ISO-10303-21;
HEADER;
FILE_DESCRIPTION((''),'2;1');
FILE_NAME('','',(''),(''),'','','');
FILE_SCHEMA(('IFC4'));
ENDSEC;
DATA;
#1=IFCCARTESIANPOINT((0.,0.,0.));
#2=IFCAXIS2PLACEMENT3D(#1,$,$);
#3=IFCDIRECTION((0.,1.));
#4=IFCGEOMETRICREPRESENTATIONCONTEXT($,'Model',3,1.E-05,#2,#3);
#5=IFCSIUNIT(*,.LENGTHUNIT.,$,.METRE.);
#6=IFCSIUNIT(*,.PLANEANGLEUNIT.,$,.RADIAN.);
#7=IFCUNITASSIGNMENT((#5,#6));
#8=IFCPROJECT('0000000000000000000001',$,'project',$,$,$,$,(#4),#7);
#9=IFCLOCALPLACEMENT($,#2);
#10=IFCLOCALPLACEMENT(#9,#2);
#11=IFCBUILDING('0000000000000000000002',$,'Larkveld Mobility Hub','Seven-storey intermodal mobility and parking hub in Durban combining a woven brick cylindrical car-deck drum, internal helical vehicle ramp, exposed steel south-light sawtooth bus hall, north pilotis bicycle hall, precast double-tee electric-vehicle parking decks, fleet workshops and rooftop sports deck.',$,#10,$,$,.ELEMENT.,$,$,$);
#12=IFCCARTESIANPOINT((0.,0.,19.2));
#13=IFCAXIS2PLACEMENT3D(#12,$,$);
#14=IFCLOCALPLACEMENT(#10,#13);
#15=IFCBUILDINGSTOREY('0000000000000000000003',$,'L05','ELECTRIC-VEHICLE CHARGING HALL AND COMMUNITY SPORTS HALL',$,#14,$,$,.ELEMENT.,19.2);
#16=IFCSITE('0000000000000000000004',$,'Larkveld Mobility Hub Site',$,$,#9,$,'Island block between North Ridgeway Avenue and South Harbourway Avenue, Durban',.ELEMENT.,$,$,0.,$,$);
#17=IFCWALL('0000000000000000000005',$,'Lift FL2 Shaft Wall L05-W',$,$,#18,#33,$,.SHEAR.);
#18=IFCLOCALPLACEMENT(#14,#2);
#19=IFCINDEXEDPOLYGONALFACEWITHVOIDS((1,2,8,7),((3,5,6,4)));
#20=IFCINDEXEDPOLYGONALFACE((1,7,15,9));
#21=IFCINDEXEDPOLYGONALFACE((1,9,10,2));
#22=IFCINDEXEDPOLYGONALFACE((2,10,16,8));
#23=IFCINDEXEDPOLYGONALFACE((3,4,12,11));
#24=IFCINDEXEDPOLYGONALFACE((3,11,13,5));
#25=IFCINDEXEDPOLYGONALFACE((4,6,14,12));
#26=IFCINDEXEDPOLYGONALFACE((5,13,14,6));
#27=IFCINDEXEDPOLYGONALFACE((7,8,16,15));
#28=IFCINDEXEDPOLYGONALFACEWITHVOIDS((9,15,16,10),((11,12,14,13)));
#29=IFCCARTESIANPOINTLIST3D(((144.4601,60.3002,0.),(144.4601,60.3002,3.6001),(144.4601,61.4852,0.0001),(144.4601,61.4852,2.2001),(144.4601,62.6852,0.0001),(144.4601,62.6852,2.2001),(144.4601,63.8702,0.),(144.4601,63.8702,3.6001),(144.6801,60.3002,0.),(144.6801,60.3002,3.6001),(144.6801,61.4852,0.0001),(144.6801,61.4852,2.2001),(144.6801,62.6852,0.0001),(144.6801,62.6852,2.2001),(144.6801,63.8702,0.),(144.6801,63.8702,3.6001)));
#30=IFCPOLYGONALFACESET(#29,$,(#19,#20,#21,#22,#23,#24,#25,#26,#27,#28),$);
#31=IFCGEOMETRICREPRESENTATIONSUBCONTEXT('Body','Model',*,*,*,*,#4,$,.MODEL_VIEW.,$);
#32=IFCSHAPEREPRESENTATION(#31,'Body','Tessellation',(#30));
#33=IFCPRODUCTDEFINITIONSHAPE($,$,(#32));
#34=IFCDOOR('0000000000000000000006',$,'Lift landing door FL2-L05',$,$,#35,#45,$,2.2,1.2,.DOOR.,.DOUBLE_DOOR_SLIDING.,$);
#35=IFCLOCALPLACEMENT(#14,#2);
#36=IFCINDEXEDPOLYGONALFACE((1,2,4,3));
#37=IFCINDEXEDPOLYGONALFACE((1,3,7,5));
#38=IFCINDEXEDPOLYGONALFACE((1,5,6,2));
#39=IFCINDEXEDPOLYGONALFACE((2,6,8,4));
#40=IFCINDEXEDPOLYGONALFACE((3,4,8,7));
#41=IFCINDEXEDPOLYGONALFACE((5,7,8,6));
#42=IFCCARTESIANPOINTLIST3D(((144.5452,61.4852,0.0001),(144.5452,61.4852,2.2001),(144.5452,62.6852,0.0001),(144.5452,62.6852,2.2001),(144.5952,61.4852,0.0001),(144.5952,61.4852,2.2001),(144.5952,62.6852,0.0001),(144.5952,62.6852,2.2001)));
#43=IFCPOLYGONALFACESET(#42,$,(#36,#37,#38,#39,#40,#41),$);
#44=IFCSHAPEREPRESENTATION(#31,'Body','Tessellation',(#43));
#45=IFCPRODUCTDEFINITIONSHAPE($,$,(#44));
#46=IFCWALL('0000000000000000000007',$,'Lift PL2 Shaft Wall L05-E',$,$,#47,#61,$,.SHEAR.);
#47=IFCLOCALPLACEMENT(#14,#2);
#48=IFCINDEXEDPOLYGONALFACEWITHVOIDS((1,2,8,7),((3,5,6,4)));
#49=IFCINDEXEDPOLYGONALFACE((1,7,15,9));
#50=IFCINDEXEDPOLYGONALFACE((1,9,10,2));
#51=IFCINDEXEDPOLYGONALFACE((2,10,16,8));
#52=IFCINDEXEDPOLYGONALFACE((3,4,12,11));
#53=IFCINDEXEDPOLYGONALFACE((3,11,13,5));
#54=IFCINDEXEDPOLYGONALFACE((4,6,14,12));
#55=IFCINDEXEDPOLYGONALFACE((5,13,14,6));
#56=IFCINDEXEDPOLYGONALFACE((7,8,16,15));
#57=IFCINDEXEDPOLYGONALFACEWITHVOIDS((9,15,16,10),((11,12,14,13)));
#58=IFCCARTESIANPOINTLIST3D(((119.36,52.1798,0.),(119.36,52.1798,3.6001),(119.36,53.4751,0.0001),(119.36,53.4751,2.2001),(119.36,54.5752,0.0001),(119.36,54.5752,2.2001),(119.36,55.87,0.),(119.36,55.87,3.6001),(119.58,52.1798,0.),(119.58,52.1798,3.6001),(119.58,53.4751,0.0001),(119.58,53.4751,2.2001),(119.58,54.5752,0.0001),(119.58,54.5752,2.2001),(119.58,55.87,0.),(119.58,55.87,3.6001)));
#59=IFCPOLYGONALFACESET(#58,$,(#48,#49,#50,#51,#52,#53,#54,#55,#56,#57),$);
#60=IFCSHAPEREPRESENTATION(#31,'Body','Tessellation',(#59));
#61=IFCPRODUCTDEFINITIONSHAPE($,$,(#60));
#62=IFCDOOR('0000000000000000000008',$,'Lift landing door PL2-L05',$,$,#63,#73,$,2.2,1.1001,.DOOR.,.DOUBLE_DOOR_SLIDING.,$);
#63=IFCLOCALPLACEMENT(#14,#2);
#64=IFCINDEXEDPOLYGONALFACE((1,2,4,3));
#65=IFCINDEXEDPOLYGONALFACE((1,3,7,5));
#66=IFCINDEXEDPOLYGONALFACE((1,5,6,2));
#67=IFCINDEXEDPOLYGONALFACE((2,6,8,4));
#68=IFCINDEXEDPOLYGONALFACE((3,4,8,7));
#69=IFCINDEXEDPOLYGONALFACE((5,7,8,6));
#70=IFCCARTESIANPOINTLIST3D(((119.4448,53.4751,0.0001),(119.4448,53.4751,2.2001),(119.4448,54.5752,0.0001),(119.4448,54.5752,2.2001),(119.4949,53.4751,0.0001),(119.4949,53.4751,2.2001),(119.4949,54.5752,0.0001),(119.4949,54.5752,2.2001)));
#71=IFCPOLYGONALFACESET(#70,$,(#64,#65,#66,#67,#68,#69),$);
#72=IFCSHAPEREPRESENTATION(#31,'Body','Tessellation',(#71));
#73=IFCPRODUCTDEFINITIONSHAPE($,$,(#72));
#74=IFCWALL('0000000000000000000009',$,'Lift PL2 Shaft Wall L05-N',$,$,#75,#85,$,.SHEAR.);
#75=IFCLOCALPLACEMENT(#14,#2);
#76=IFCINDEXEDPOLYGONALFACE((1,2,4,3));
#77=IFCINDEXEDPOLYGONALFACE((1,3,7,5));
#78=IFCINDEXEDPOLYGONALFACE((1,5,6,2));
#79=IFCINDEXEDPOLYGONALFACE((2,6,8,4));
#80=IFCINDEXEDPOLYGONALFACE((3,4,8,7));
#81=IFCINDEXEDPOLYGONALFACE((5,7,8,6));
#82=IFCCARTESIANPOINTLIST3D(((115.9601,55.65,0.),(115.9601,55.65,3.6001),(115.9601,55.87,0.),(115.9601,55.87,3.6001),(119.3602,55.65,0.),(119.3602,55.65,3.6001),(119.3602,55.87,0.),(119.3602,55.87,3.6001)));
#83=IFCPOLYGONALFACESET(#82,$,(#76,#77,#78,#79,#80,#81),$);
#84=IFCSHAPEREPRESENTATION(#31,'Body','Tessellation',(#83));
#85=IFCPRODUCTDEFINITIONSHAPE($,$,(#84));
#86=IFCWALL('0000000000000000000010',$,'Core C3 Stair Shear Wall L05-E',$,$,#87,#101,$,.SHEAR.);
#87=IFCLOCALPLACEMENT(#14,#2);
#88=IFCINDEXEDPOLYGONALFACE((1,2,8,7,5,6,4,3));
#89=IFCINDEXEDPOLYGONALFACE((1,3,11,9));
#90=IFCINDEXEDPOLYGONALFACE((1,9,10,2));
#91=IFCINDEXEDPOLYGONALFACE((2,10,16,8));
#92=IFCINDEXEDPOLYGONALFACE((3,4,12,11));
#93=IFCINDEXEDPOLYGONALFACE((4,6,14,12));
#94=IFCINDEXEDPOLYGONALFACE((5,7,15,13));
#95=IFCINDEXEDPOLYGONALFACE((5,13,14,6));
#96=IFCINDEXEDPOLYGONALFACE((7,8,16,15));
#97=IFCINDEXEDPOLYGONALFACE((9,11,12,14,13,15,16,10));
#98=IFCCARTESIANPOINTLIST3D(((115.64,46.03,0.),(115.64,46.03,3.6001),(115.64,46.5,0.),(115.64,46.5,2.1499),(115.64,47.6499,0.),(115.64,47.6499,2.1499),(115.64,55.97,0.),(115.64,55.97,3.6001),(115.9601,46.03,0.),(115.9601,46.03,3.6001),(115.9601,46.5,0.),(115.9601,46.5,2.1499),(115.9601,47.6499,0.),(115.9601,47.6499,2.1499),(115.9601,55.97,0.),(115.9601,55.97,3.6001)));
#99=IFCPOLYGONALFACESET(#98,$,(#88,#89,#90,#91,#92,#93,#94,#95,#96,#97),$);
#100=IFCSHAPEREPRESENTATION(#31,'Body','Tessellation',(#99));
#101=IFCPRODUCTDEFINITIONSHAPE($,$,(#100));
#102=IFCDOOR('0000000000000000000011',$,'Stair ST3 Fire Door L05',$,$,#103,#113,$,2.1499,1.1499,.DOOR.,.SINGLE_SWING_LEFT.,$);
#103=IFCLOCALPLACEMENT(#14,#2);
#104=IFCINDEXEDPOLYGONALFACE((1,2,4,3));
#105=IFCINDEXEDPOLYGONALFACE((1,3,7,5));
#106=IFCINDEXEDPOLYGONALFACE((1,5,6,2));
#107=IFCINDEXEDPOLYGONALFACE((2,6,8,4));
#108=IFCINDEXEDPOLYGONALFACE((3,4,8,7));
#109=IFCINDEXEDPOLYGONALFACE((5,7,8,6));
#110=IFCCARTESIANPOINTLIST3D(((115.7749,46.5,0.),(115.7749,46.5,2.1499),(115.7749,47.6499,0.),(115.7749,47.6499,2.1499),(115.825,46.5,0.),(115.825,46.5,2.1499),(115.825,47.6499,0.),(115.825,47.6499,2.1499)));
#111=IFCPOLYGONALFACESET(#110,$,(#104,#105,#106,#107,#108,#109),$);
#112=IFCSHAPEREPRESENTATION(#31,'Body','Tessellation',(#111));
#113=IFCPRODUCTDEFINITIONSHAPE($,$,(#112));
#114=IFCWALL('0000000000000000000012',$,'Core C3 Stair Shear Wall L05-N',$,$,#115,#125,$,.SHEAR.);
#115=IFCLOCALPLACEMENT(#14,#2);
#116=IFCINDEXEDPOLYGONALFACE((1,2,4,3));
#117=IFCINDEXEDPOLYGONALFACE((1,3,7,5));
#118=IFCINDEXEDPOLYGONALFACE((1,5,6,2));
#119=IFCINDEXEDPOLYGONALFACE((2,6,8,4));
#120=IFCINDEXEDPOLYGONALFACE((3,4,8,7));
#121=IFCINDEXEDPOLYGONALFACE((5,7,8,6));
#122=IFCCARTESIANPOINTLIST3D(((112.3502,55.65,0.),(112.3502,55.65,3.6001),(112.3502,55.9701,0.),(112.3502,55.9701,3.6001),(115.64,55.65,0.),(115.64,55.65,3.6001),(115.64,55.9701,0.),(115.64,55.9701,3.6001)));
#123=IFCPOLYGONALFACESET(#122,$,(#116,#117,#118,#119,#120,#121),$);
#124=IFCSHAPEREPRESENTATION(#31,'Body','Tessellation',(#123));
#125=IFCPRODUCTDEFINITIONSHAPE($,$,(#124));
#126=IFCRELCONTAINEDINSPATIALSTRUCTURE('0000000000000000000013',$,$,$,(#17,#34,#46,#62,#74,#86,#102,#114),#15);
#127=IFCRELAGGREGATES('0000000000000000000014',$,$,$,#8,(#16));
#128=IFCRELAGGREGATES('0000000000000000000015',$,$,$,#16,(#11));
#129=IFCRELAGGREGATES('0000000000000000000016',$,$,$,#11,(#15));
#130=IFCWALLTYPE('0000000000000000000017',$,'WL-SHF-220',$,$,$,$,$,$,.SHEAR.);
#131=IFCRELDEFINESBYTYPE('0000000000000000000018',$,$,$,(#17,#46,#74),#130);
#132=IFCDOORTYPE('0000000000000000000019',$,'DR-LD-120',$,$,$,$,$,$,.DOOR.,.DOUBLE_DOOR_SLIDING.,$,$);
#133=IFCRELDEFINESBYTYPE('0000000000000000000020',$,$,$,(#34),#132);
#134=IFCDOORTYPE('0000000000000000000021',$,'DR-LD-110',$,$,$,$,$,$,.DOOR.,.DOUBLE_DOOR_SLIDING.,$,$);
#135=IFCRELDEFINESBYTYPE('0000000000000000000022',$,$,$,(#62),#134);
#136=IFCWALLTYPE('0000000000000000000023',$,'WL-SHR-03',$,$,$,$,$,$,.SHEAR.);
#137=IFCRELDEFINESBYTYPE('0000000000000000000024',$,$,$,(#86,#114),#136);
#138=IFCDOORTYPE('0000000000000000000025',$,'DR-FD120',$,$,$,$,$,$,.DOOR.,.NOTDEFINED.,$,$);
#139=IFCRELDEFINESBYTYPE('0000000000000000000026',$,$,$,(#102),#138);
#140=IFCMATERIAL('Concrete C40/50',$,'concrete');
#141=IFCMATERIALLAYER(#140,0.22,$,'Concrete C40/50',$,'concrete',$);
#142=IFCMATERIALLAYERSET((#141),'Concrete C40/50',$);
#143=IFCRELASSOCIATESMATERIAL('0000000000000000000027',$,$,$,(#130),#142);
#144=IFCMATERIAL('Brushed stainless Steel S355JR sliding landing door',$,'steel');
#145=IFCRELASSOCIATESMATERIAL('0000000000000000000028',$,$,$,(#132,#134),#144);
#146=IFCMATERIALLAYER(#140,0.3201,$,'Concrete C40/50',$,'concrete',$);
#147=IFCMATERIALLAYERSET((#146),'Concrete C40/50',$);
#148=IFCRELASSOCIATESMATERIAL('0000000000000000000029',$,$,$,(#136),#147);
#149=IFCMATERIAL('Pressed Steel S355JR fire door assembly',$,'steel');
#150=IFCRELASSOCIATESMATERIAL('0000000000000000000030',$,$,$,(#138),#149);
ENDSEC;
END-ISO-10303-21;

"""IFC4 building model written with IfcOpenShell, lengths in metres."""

from ifc_helpers import new_model, si_unit, direction, frame, frame_2d, origin, place, context, subcontext, project, spatial, rectangle, extrude, material, layer, layer_set, type_object, element, fill, save


model = new_model("IFC4")

# Units and contexts
model_context = context("Model", 3, precision=1e-05, world=origin(), true_north=direction((0.0, 1.0)))
body_context = subcontext(model_context, "Body", "Model", "MODEL_VIEW")
ifc_project = project(units=[si_unit("LENGTHUNIT", "METRE"), si_unit("PLANEANGLEUNIT", "RADIAN")], contexts=[model_context])

# Site, building, storey
site_placement = place(None, origin())
site = spatial("IfcSite", under=ifc_project, at=site_placement, Name="Larkveld Mobility Hub Site", LongName="Island block between North Ridgeway Avenue and South Harbourway Avenue, Durban", CompositionType="ELEMENT", RefElevation=0.0)
building_placement = place(site_placement, origin())
building = spatial("IfcBuilding", under=site, at=building_placement, Name="Larkveld Mobility Hub", Description="Seven-storey intermodal mobility and parking hub in Durban combining a woven brick cylindrical car-deck drum, internal helical vehicle ramp, exposed steel south-light sawtooth bus hall, north pilotis bicycle hall, precast double-tee electric-vehicle parking decks, fleet workshops and rooftop sports deck.", CompositionType="ELEMENT")
storey_placement = place(building_placement, frame((0.0, 0.0, 19.2)))
storey = spatial("IfcBuildingStorey", under=building, at=storey_placement, Name="L05", Description="ELECTRIC-VEHICLE CHARGING HALL AND COMMUNITY SPORTS HALL", CompositionType="ELEMENT", Elevation=19.2)

# Shared definitions
ifc_material_1 = material(Name="Concrete C40/50", Category="concrete")

# Walls, openings, doors
ifc_layer_1 = layer(ifc_material_1, 0.22, Name="Concrete C40/50", Category="concrete")
ifc_layer_set_1 = layer_set([ifc_layer_1], Name="Concrete C40/50")
wall_type_1 = type_object("IfcWallType", Name="WL-SHF-220", PredefinedType="SHEAR", material=ifc_layer_set_1)
wall_1_placement = place(storey_placement, frame((144.5701, 60.3, 0.0), z_axis=(0.0, 0.0, 1.0), x_axis=(0.0, 1.0, 0.0)))
wall_1 = element("IfcWall", 1, at=wall_1_placement, inside=storey, type_object=wall_type_1, Name="Lift FL2 Shaft Wall L05-W", PredefinedType="SHEAR", context=body_context, shape_type="SweptSolid", body=[
    extrude(rectangle(XDim=3.5701, YDim=0.22, at=frame_2d((1.7852, 0.0))), origin(), (0.0, 0.0, 1.0), 3.6001),
])
opening_1_placement = place(wall_1_placement, frame((1.1851, 0.0, 0.0)))
opening_1 = element("IfcOpeningElement", 2, at=opening_1_placement, cuts=wall_1, PredefinedType="OPENING", context=body_context, shape_type="SweptSolid", body=[
    extrude(rectangle(XDim=1.2, YDim=2.2, at=frame_2d((0.6001, 1.1001))), frame((0.0, 0.1201, 0.0), z_axis=(0.0, -1.0, 0.0), x_axis=(1.0, 0.0, 0.0)), (0.0, 0.0, 1.0), 0.24),
])
ifc_material_2 = material(Name="Brushed stainless Steel S355JR sliding landing door", Category="steel")
door_type_1 = type_object("IfcDoorType", Name="DR-LD-120", OperationType="DOUBLE_DOOR_SLIDING", PredefinedType="DOOR", material=ifc_material_2)
door_1_placement = place(opening_1_placement, origin())
door_1 = element("IfcDoor", 3, at=door_1_placement, inside=storey, type_object=door_type_1, Name="Lift landing door FL2-L05", OperationType="DOUBLE_DOOR_SLIDING", OverallHeight=2.2, OverallWidth=1.2, PredefinedType="DOOR", context=body_context, shape_type="SweptSolid", body=[
    extrude(rectangle(XDim=1.2, YDim=2.2, at=frame_2d((0.6001, 1.1001))), frame((0.0, 0.0249, 0.0), z_axis=(0.0, -1.0, 0.0), x_axis=(1.0, 0.0, 0.0)), (0.0, 0.0, 1.0), 0.05),
])
fill(opening_1, door_1)
wall_2_placement = place(storey_placement, frame((119.47, 55.8701, 0.0), z_axis=(0.0, 0.0, 1.0), x_axis=(0.0, -1.0, 0.0)))
wall_2 = element("IfcWall", 4, at=wall_2_placement, inside=storey, type_object=wall_type_1, Name="Lift PL2 Shaft Wall L05-E", PredefinedType="SHEAR", context=body_context, shape_type="SweptSolid", body=[
    extrude(rectangle(XDim=3.6902, YDim=0.22, at=frame_2d((1.8452, 0.0))), origin(), (0.0, 0.0, 1.0), 3.6001),
])
opening_2_placement = place(wall_2_placement, frame((1.2949, 0.0, 0.0)))
opening_2 = element("IfcOpeningElement", 5, at=opening_2_placement, cuts=wall_2, PredefinedType="OPENING", context=body_context, shape_type="SweptSolid", body=[
    extrude(rectangle(XDim=1.1001, YDim=2.2, at=frame_2d((0.55, 1.1001))), frame((0.0, 0.1201, 0.0), z_axis=(0.0, -1.0, 0.0), x_axis=(1.0, 0.0, 0.0)), (0.0, 0.0, 1.0), 0.24),
])
door_type_2 = type_object("IfcDoorType", Name="DR-LD-110", OperationType="DOUBLE_DOOR_SLIDING", PredefinedType="DOOR", material=ifc_material_2)
door_2_placement = place(opening_2_placement, origin())
door_2 = element("IfcDoor", 6, at=door_2_placement, inside=storey, type_object=door_type_2, Name="Lift landing door PL2-L05", OperationType="DOUBLE_DOOR_SLIDING", OverallHeight=2.2, OverallWidth=1.1001, PredefinedType="DOOR", context=body_context, shape_type="SweptSolid", body=[
    extrude(rectangle(XDim=1.1001, YDim=2.2, at=frame_2d((0.55, 1.1001))), frame((0.0, 0.0249, 0.0), z_axis=(0.0, -1.0, 0.0), x_axis=(1.0, 0.0, 0.0)), (0.0, 0.0, 1.0), 0.05),
])
fill(opening_2, door_2)

# Wall
wall_3_placement = place(storey_placement, frame((115.96, 55.76, 0.0), z_axis=(0.0, 0.0, 1.0), x_axis=(1.0, 0.0, 0.0)))
element("IfcWall", 7, at=wall_3_placement, inside=storey, type_object=wall_type_1, Name="Lift PL2 Shaft Wall L05-N", PredefinedType="SHEAR", context=body_context, shape_type="SweptSolid", body=[
    extrude(rectangle(XDim=3.4001, YDim=0.22, at=frame_2d((1.7002, 0.0))), origin(), (0.0, 0.0, 1.0), 3.6001),
])

# Wall, opening, door
ifc_layer_2 = layer(ifc_material_1, 0.3201, Name="Concrete C40/50", Category="concrete")
ifc_layer_set_2 = layer_set([ifc_layer_2], Name="Concrete C40/50")
wall_type_2 = type_object("IfcWallType", Name="WL-SHR-03", PredefinedType="SHEAR", material=ifc_layer_set_2)
wall_4_placement = place(storey_placement, frame((115.8, 55.97, 0.0), z_axis=(0.0, 0.0, 1.0), x_axis=(0.0, -1.0, 0.0)))
wall_4 = element("IfcWall", 8, at=wall_4_placement, inside=storey, type_object=wall_type_2, Name="Core C3 Stair Shear Wall L05-E", PredefinedType="SHEAR", context=body_context, shape_type="SweptSolid", body=[
    extrude(rectangle(XDim=9.9399, YDim=0.3201, at=frame_2d((4.97, 0.0))), origin(), (0.0, 0.0, 1.0), 3.6001),
])
opening_3_placement = place(wall_4_placement, frame((8.3201, 0.0, 0.0)))
opening_3 = element("IfcOpeningElement", 9, at=opening_3_placement, cuts=wall_4, PredefinedType="OPENING", context=body_context, shape_type="SweptSolid", body=[
    extrude(rectangle(XDim=1.1499, YDim=2.1499, at=frame_2d((0.575, 1.075))), frame((0.0, 0.1699, 0.0), z_axis=(0.0, -1.0, 0.0), x_axis=(1.0, 0.0, 0.0)), (0.0, 0.0, 1.0), 0.3401),
])
ifc_material_3 = material(Name="Pressed Steel S355JR fire door assembly", Category="steel")
door_type_3 = type_object("IfcDoorType", Name="DR-FD120", OperationType="NOTDEFINED", PredefinedType="DOOR", material=ifc_material_3)
door_3_placement = place(opening_3_placement, origin())
door_3 = element("IfcDoor", 10, at=door_3_placement, inside=storey, type_object=door_type_3, Name="Stair ST3 Fire Door L05", OperationType="SINGLE_SWING_LEFT", OverallHeight=2.1499, OverallWidth=1.1499, PredefinedType="DOOR", context=body_context, shape_type="SweptSolid", body=[
    extrude(rectangle(XDim=1.1499, YDim=2.1499, at=frame_2d((0.575, 1.075))), frame((0.0, 0.0249, 0.0), z_axis=(0.0, -1.0, 0.0), x_axis=(1.0, 0.0, 0.0)), (0.0, 0.0, 1.0), 0.05),
])
fill(opening_3, door_3)

# Wall
wall_5_placement = place(storey_placement, frame((112.3501, 55.8101, 0.0), z_axis=(0.0, 0.0, 1.0), x_axis=(1.0, 0.0, 0.0)))
element("IfcWall", 11, at=wall_5_placement, inside=storey, type_object=wall_type_2, Name="Core C3 Stair Shear Wall L05-N", PredefinedType="SHEAR", context=body_context, shape_type="SweptSolid", body=[
    extrude(rectangle(XDim=3.2898, YDim=0.3201, at=frame_2d((1.645, 0.0))), origin(), (0.0, 0.0, 1.0), 3.6001),
])

save(model, "model.ifc")
